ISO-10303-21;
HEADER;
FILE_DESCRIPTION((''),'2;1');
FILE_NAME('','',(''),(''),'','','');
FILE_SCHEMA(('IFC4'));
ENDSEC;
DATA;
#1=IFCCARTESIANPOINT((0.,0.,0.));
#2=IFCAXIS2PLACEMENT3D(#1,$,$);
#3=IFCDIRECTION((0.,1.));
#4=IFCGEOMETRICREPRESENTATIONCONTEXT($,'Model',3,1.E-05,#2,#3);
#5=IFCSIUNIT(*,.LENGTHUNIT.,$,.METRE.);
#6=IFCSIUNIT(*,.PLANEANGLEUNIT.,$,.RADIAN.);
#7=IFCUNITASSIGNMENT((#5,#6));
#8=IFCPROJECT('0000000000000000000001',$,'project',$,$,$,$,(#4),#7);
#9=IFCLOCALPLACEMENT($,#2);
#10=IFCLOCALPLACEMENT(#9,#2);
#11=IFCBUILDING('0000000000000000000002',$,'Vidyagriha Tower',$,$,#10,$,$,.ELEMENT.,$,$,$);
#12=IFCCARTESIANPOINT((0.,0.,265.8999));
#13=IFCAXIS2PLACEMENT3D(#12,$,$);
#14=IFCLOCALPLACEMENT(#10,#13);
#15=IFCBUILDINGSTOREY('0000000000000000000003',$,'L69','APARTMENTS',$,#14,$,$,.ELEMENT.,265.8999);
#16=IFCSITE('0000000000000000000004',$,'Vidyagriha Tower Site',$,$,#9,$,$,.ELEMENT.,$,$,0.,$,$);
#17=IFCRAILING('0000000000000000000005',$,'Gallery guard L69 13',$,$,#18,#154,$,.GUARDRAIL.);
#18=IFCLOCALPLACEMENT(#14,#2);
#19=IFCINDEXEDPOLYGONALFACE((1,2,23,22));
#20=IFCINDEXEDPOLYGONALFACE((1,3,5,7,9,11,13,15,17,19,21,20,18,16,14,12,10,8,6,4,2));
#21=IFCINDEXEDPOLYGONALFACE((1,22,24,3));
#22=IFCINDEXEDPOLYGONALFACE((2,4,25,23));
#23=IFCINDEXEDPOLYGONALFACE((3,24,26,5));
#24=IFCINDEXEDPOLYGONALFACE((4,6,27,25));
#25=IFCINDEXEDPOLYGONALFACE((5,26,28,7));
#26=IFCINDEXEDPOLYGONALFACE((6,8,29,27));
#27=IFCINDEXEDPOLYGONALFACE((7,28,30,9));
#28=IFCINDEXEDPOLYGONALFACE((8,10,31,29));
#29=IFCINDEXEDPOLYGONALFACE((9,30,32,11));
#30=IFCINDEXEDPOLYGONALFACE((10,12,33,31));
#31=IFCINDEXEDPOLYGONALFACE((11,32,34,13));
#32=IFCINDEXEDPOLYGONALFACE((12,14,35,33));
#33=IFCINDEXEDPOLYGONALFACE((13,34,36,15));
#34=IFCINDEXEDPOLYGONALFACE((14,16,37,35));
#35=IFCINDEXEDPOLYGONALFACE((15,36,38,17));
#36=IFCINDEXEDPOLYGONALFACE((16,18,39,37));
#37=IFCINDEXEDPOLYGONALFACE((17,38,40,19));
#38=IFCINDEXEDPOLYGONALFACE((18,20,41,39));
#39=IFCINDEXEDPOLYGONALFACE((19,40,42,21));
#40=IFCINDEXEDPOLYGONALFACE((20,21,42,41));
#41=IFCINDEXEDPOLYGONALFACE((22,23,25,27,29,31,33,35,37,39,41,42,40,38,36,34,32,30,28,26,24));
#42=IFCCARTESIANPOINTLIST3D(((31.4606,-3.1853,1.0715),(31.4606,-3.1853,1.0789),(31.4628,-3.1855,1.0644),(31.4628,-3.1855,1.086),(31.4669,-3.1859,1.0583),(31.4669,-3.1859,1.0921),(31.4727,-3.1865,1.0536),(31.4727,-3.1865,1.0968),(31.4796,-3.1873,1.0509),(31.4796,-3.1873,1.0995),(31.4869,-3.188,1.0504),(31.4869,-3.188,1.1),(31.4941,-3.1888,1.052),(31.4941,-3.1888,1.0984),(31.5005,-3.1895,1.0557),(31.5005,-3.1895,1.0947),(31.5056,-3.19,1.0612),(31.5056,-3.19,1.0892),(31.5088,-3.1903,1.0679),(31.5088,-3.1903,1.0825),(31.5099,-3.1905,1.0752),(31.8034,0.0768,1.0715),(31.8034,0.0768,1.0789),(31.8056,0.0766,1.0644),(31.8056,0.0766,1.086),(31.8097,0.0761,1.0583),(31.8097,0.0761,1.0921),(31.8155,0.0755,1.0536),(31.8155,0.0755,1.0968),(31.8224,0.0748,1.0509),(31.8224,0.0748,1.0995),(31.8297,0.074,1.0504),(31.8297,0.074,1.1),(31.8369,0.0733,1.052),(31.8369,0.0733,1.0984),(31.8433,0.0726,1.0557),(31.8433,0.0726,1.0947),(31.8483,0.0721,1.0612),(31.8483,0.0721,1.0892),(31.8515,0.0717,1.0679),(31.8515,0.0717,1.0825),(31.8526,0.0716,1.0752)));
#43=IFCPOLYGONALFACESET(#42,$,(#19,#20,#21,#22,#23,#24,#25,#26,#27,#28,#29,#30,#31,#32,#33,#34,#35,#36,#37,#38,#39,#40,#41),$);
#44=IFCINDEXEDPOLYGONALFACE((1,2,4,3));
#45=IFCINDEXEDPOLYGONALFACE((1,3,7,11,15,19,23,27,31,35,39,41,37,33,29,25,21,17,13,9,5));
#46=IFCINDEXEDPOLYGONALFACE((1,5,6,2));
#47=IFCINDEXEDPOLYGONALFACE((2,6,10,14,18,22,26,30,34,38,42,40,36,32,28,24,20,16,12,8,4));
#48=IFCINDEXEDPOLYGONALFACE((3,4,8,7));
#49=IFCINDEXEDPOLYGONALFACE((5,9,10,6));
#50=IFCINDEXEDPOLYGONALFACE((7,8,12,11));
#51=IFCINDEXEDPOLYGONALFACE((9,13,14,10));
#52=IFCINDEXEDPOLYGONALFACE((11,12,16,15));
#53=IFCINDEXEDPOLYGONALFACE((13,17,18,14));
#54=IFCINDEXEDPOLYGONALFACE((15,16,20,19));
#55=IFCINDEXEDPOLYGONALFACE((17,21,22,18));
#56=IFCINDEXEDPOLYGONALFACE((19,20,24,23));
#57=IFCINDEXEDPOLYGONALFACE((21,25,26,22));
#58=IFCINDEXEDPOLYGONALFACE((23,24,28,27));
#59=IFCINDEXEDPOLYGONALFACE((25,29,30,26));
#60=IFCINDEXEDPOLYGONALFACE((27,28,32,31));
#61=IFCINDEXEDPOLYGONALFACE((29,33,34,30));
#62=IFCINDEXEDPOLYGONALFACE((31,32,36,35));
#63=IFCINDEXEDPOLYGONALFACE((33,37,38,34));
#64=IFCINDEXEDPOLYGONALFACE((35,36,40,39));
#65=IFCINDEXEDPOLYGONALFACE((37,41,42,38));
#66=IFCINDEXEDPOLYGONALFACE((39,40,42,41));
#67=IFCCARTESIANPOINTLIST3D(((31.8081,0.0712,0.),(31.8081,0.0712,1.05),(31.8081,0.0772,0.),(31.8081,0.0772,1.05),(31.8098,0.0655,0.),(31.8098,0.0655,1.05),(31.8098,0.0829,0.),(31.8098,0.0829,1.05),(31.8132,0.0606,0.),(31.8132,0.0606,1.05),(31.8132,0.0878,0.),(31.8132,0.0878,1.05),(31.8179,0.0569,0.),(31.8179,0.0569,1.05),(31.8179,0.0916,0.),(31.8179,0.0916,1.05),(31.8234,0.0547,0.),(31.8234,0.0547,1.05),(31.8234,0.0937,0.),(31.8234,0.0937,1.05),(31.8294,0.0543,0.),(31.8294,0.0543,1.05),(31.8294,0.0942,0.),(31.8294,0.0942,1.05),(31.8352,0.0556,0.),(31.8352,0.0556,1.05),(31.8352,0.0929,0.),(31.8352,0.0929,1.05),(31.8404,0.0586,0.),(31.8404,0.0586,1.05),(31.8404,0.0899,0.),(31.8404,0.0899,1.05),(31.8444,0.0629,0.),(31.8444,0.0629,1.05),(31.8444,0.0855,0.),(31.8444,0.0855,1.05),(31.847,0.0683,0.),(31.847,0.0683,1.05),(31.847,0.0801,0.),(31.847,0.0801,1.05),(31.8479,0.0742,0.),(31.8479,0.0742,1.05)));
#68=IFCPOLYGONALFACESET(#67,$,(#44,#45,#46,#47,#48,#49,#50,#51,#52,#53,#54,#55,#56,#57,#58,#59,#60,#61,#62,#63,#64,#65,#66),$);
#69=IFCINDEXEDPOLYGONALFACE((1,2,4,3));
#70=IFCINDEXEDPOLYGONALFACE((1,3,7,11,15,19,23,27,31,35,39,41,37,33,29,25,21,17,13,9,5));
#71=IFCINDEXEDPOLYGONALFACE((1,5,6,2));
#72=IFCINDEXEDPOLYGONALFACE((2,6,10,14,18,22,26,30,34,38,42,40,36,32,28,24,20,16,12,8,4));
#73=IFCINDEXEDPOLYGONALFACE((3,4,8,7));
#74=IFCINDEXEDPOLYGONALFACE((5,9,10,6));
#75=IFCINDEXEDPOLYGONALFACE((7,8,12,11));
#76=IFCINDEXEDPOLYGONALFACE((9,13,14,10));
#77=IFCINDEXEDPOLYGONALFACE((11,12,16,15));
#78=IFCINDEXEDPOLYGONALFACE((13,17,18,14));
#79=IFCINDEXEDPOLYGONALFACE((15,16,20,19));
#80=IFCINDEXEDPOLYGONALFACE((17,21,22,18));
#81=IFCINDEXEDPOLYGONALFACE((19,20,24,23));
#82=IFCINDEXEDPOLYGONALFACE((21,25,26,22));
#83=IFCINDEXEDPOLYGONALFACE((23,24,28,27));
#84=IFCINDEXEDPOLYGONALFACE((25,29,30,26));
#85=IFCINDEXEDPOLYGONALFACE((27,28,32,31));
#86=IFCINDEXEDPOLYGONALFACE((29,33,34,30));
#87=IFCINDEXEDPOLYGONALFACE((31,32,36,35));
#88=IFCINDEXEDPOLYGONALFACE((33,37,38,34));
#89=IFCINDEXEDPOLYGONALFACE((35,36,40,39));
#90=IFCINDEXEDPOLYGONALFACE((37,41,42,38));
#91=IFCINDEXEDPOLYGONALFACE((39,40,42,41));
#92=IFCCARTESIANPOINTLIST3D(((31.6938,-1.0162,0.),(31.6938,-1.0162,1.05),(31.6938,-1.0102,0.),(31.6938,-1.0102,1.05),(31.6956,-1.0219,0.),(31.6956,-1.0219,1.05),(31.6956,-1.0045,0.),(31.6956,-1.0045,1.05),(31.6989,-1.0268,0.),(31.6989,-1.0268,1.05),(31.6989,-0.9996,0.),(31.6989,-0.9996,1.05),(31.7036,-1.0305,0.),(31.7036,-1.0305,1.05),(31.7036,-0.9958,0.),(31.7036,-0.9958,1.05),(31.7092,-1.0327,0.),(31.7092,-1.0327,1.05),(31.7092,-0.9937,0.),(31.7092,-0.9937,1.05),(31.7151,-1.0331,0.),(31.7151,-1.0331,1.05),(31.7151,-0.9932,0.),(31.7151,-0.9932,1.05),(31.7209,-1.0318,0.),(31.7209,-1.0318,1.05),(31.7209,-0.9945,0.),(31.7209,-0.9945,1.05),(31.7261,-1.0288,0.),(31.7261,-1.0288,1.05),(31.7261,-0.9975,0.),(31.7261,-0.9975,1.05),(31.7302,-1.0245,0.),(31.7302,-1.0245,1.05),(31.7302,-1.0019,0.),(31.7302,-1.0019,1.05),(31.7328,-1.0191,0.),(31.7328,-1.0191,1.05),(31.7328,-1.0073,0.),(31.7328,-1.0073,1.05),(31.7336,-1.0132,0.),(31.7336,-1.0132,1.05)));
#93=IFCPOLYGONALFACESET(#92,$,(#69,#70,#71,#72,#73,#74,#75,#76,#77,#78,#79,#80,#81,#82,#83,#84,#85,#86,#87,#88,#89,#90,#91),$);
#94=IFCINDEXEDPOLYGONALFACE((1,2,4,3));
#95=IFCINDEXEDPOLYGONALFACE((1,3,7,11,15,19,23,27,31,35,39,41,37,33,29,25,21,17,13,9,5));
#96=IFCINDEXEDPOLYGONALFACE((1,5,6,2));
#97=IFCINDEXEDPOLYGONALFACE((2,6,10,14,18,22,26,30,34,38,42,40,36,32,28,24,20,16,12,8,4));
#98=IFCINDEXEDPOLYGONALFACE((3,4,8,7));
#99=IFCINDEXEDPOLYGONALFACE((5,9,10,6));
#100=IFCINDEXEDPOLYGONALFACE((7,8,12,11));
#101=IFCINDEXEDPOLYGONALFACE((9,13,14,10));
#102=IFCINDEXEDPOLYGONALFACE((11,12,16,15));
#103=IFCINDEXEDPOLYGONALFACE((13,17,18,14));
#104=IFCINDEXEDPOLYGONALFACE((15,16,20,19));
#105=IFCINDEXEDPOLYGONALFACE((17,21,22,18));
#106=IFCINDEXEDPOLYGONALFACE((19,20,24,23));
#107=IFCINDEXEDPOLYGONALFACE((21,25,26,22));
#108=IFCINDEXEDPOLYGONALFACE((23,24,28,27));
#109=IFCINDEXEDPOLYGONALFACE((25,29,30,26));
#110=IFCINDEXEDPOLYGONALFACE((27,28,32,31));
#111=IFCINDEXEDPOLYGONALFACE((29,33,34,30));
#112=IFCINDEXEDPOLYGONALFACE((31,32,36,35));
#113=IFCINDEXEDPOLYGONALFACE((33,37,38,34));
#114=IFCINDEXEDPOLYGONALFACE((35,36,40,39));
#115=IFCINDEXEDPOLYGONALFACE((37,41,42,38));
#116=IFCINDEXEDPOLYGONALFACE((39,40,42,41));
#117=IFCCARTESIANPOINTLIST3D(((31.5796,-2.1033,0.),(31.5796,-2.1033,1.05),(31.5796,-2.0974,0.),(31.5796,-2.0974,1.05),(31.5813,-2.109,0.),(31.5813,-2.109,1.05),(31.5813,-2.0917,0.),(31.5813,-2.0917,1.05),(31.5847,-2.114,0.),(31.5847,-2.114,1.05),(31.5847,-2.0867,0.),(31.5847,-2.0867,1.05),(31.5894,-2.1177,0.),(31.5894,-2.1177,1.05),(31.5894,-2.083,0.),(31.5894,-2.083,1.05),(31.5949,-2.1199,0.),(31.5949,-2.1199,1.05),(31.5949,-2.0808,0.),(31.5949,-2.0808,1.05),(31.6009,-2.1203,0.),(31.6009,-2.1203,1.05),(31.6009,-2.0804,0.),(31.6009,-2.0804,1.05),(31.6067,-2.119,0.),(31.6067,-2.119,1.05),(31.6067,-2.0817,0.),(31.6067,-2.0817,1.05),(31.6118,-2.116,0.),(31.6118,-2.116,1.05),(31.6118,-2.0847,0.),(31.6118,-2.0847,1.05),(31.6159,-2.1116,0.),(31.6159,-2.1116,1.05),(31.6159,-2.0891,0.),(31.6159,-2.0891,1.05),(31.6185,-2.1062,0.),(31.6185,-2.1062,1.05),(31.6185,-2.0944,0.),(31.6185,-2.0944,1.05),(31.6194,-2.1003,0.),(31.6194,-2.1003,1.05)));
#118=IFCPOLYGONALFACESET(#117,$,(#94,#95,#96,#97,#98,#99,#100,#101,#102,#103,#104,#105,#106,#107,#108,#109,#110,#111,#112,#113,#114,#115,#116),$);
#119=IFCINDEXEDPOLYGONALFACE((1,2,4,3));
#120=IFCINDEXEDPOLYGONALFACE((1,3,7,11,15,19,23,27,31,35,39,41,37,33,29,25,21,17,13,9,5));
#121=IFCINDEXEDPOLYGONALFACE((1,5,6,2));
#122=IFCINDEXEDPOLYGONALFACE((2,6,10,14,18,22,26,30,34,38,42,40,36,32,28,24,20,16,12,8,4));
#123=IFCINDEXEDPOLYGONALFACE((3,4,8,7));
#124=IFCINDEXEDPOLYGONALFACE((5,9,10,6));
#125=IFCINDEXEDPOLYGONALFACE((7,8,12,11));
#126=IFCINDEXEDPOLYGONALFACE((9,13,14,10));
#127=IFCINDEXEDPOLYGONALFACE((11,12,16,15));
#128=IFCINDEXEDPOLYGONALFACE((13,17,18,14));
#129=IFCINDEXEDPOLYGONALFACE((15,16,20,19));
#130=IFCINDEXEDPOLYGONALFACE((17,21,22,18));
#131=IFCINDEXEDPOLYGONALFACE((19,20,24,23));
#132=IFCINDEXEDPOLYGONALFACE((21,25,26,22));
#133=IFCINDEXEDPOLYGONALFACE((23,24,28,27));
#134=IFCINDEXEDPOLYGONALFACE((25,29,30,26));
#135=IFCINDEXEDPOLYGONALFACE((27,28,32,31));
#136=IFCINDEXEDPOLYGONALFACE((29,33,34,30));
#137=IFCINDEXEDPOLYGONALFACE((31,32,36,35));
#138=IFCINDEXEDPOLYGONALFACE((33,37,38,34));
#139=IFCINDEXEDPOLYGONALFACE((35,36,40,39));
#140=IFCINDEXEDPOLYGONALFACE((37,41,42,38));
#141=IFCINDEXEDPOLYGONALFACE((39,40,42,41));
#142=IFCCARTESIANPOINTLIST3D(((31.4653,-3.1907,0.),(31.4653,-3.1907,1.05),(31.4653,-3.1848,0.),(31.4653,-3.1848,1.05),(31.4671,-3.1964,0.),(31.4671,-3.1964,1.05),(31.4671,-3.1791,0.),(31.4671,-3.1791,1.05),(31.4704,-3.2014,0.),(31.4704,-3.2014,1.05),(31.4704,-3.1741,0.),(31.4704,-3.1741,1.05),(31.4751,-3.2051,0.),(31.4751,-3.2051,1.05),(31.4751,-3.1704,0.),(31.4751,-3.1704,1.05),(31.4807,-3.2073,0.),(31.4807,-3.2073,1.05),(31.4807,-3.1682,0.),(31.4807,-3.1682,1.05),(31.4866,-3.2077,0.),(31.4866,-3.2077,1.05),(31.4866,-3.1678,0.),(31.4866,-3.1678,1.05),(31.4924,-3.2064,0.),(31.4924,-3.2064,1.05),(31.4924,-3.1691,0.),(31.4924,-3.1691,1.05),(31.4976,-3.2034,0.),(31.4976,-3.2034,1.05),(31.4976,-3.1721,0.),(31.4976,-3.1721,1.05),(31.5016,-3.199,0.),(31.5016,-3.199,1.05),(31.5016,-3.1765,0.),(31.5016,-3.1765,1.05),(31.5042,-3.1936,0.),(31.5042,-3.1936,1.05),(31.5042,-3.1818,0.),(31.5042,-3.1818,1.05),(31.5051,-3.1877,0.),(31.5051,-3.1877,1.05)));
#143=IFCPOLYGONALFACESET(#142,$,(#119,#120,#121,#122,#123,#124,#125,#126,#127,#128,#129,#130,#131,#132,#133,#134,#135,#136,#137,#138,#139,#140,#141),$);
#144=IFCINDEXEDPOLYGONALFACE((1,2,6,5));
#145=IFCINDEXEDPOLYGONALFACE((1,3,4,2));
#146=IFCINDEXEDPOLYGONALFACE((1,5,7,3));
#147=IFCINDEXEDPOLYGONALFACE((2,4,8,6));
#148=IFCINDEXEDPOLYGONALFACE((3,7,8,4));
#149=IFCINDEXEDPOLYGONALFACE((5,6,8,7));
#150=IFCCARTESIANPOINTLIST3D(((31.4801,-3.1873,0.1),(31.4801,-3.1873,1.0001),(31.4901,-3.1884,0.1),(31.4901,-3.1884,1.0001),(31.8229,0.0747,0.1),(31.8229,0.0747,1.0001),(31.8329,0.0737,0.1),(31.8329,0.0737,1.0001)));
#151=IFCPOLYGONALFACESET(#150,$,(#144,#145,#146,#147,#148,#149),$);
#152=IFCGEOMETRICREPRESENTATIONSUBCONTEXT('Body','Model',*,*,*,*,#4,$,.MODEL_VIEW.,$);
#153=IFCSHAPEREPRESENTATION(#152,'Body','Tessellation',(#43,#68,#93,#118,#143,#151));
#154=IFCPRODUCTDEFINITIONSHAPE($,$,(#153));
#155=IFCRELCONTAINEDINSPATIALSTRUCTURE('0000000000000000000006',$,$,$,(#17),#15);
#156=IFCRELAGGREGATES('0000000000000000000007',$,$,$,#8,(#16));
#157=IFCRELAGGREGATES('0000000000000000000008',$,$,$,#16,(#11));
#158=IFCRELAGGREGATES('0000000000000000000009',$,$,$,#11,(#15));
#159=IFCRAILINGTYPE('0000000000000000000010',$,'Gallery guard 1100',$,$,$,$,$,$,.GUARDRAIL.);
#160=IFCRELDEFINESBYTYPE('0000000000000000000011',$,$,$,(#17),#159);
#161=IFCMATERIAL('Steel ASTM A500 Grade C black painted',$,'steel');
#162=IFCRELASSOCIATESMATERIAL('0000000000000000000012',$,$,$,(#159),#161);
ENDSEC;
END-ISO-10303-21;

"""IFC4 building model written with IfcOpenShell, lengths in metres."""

from ifc_helpers import new_model, si_unit, direction, frame, origin, origin_2d, place, context, subcontext, project, spatial, rectangle, circle, extrude, material, type_object, element, save


model = new_model("IFC4")

# Units and contexts
model_context = context("Model", 3, precision=1e-05, world=origin(), true_north=direction((0.0, 1.0)))
body_context = subcontext(model_context, "Body", "Model", "MODEL_VIEW")
ifc_project = project(units=[si_unit("LENGTHUNIT", "METRE"), si_unit("PLANEANGLEUNIT", "RADIAN")], contexts=[model_context])

# Site, building, storey
site_placement = place(None, origin())
site = spatial("IfcSite", under=ifc_project, at=site_placement, Name="Vidyagriha Tower Site", CompositionType="ELEMENT", RefElevation=0.0)
building_placement = place(site_placement, origin())
building = spatial("IfcBuilding", under=site, at=building_placement, Name="Vidyagriha Tower", CompositionType="ELEMENT")
storey_placement = place(building_placement, frame((0.0, 0.0, 265.8999)))
storey = spatial("IfcBuildingStorey", under=building, at=storey_placement, Name="L69", Description="APARTMENTS", CompositionType="ELEMENT", Elevation=265.8999)

# Railing
ifc_material_1 = material(Name="Steel ASTM A500 Grade C black painted", Category="steel")
railing_type_1 = type_object("IfcRailingType", Name="Gallery guard 1100", PredefinedType="GUARDRAIL", material=ifc_material_1)
railing_1_placement = place(storey_placement, frame((31.8279, 0.0742, 0.0)))
element("IfcRailing", 1, at=railing_1_placement, inside=storey, type_object=railing_type_1, Name="Gallery guard L69 13", PredefinedType="GUARDRAIL", context=body_context, shape_type="SweptSolid", body=[
    extrude(circle(Radius=0.0249, at=origin_2d()), frame((0.0, 0.0, 1.0752), z_axis=(-0.104507, -0.994524, 0.0), x_axis=(0.994524, -0.104507, 0.0)), (0.0, 0.0, 1.0), 3.28),
    extrude(circle(Radius=0.02, at=origin_2d()), origin(), (0.0, 0.0, 1.0), 1.05),
    extrude(circle(Radius=0.02, at=origin_2d()), frame((-0.1143, -1.0874, 0.0)), (0.0, 0.0, 1.0), 1.05),
    extrude(circle(Radius=0.02, at=origin_2d()), frame((-0.2285, -2.1746, 0.0)), (0.0, 0.0, 1.0), 1.05),
    extrude(circle(Radius=0.02, at=origin_2d()), frame((-0.3428, -3.262, 0.0)), (0.0, 0.0, 1.0), 1.05),
    extrude(rectangle(XDim=0.01, YDim=0.9001, at=origin_2d()), frame((0.0, 0.0, 0.55), z_axis=(-0.104507, -0.994524, 0.0), x_axis=(0.994524, -0.104507, 0.0)), (0.0, 0.0, 1.0), 3.28),
])

save(model, "model.ifc")
